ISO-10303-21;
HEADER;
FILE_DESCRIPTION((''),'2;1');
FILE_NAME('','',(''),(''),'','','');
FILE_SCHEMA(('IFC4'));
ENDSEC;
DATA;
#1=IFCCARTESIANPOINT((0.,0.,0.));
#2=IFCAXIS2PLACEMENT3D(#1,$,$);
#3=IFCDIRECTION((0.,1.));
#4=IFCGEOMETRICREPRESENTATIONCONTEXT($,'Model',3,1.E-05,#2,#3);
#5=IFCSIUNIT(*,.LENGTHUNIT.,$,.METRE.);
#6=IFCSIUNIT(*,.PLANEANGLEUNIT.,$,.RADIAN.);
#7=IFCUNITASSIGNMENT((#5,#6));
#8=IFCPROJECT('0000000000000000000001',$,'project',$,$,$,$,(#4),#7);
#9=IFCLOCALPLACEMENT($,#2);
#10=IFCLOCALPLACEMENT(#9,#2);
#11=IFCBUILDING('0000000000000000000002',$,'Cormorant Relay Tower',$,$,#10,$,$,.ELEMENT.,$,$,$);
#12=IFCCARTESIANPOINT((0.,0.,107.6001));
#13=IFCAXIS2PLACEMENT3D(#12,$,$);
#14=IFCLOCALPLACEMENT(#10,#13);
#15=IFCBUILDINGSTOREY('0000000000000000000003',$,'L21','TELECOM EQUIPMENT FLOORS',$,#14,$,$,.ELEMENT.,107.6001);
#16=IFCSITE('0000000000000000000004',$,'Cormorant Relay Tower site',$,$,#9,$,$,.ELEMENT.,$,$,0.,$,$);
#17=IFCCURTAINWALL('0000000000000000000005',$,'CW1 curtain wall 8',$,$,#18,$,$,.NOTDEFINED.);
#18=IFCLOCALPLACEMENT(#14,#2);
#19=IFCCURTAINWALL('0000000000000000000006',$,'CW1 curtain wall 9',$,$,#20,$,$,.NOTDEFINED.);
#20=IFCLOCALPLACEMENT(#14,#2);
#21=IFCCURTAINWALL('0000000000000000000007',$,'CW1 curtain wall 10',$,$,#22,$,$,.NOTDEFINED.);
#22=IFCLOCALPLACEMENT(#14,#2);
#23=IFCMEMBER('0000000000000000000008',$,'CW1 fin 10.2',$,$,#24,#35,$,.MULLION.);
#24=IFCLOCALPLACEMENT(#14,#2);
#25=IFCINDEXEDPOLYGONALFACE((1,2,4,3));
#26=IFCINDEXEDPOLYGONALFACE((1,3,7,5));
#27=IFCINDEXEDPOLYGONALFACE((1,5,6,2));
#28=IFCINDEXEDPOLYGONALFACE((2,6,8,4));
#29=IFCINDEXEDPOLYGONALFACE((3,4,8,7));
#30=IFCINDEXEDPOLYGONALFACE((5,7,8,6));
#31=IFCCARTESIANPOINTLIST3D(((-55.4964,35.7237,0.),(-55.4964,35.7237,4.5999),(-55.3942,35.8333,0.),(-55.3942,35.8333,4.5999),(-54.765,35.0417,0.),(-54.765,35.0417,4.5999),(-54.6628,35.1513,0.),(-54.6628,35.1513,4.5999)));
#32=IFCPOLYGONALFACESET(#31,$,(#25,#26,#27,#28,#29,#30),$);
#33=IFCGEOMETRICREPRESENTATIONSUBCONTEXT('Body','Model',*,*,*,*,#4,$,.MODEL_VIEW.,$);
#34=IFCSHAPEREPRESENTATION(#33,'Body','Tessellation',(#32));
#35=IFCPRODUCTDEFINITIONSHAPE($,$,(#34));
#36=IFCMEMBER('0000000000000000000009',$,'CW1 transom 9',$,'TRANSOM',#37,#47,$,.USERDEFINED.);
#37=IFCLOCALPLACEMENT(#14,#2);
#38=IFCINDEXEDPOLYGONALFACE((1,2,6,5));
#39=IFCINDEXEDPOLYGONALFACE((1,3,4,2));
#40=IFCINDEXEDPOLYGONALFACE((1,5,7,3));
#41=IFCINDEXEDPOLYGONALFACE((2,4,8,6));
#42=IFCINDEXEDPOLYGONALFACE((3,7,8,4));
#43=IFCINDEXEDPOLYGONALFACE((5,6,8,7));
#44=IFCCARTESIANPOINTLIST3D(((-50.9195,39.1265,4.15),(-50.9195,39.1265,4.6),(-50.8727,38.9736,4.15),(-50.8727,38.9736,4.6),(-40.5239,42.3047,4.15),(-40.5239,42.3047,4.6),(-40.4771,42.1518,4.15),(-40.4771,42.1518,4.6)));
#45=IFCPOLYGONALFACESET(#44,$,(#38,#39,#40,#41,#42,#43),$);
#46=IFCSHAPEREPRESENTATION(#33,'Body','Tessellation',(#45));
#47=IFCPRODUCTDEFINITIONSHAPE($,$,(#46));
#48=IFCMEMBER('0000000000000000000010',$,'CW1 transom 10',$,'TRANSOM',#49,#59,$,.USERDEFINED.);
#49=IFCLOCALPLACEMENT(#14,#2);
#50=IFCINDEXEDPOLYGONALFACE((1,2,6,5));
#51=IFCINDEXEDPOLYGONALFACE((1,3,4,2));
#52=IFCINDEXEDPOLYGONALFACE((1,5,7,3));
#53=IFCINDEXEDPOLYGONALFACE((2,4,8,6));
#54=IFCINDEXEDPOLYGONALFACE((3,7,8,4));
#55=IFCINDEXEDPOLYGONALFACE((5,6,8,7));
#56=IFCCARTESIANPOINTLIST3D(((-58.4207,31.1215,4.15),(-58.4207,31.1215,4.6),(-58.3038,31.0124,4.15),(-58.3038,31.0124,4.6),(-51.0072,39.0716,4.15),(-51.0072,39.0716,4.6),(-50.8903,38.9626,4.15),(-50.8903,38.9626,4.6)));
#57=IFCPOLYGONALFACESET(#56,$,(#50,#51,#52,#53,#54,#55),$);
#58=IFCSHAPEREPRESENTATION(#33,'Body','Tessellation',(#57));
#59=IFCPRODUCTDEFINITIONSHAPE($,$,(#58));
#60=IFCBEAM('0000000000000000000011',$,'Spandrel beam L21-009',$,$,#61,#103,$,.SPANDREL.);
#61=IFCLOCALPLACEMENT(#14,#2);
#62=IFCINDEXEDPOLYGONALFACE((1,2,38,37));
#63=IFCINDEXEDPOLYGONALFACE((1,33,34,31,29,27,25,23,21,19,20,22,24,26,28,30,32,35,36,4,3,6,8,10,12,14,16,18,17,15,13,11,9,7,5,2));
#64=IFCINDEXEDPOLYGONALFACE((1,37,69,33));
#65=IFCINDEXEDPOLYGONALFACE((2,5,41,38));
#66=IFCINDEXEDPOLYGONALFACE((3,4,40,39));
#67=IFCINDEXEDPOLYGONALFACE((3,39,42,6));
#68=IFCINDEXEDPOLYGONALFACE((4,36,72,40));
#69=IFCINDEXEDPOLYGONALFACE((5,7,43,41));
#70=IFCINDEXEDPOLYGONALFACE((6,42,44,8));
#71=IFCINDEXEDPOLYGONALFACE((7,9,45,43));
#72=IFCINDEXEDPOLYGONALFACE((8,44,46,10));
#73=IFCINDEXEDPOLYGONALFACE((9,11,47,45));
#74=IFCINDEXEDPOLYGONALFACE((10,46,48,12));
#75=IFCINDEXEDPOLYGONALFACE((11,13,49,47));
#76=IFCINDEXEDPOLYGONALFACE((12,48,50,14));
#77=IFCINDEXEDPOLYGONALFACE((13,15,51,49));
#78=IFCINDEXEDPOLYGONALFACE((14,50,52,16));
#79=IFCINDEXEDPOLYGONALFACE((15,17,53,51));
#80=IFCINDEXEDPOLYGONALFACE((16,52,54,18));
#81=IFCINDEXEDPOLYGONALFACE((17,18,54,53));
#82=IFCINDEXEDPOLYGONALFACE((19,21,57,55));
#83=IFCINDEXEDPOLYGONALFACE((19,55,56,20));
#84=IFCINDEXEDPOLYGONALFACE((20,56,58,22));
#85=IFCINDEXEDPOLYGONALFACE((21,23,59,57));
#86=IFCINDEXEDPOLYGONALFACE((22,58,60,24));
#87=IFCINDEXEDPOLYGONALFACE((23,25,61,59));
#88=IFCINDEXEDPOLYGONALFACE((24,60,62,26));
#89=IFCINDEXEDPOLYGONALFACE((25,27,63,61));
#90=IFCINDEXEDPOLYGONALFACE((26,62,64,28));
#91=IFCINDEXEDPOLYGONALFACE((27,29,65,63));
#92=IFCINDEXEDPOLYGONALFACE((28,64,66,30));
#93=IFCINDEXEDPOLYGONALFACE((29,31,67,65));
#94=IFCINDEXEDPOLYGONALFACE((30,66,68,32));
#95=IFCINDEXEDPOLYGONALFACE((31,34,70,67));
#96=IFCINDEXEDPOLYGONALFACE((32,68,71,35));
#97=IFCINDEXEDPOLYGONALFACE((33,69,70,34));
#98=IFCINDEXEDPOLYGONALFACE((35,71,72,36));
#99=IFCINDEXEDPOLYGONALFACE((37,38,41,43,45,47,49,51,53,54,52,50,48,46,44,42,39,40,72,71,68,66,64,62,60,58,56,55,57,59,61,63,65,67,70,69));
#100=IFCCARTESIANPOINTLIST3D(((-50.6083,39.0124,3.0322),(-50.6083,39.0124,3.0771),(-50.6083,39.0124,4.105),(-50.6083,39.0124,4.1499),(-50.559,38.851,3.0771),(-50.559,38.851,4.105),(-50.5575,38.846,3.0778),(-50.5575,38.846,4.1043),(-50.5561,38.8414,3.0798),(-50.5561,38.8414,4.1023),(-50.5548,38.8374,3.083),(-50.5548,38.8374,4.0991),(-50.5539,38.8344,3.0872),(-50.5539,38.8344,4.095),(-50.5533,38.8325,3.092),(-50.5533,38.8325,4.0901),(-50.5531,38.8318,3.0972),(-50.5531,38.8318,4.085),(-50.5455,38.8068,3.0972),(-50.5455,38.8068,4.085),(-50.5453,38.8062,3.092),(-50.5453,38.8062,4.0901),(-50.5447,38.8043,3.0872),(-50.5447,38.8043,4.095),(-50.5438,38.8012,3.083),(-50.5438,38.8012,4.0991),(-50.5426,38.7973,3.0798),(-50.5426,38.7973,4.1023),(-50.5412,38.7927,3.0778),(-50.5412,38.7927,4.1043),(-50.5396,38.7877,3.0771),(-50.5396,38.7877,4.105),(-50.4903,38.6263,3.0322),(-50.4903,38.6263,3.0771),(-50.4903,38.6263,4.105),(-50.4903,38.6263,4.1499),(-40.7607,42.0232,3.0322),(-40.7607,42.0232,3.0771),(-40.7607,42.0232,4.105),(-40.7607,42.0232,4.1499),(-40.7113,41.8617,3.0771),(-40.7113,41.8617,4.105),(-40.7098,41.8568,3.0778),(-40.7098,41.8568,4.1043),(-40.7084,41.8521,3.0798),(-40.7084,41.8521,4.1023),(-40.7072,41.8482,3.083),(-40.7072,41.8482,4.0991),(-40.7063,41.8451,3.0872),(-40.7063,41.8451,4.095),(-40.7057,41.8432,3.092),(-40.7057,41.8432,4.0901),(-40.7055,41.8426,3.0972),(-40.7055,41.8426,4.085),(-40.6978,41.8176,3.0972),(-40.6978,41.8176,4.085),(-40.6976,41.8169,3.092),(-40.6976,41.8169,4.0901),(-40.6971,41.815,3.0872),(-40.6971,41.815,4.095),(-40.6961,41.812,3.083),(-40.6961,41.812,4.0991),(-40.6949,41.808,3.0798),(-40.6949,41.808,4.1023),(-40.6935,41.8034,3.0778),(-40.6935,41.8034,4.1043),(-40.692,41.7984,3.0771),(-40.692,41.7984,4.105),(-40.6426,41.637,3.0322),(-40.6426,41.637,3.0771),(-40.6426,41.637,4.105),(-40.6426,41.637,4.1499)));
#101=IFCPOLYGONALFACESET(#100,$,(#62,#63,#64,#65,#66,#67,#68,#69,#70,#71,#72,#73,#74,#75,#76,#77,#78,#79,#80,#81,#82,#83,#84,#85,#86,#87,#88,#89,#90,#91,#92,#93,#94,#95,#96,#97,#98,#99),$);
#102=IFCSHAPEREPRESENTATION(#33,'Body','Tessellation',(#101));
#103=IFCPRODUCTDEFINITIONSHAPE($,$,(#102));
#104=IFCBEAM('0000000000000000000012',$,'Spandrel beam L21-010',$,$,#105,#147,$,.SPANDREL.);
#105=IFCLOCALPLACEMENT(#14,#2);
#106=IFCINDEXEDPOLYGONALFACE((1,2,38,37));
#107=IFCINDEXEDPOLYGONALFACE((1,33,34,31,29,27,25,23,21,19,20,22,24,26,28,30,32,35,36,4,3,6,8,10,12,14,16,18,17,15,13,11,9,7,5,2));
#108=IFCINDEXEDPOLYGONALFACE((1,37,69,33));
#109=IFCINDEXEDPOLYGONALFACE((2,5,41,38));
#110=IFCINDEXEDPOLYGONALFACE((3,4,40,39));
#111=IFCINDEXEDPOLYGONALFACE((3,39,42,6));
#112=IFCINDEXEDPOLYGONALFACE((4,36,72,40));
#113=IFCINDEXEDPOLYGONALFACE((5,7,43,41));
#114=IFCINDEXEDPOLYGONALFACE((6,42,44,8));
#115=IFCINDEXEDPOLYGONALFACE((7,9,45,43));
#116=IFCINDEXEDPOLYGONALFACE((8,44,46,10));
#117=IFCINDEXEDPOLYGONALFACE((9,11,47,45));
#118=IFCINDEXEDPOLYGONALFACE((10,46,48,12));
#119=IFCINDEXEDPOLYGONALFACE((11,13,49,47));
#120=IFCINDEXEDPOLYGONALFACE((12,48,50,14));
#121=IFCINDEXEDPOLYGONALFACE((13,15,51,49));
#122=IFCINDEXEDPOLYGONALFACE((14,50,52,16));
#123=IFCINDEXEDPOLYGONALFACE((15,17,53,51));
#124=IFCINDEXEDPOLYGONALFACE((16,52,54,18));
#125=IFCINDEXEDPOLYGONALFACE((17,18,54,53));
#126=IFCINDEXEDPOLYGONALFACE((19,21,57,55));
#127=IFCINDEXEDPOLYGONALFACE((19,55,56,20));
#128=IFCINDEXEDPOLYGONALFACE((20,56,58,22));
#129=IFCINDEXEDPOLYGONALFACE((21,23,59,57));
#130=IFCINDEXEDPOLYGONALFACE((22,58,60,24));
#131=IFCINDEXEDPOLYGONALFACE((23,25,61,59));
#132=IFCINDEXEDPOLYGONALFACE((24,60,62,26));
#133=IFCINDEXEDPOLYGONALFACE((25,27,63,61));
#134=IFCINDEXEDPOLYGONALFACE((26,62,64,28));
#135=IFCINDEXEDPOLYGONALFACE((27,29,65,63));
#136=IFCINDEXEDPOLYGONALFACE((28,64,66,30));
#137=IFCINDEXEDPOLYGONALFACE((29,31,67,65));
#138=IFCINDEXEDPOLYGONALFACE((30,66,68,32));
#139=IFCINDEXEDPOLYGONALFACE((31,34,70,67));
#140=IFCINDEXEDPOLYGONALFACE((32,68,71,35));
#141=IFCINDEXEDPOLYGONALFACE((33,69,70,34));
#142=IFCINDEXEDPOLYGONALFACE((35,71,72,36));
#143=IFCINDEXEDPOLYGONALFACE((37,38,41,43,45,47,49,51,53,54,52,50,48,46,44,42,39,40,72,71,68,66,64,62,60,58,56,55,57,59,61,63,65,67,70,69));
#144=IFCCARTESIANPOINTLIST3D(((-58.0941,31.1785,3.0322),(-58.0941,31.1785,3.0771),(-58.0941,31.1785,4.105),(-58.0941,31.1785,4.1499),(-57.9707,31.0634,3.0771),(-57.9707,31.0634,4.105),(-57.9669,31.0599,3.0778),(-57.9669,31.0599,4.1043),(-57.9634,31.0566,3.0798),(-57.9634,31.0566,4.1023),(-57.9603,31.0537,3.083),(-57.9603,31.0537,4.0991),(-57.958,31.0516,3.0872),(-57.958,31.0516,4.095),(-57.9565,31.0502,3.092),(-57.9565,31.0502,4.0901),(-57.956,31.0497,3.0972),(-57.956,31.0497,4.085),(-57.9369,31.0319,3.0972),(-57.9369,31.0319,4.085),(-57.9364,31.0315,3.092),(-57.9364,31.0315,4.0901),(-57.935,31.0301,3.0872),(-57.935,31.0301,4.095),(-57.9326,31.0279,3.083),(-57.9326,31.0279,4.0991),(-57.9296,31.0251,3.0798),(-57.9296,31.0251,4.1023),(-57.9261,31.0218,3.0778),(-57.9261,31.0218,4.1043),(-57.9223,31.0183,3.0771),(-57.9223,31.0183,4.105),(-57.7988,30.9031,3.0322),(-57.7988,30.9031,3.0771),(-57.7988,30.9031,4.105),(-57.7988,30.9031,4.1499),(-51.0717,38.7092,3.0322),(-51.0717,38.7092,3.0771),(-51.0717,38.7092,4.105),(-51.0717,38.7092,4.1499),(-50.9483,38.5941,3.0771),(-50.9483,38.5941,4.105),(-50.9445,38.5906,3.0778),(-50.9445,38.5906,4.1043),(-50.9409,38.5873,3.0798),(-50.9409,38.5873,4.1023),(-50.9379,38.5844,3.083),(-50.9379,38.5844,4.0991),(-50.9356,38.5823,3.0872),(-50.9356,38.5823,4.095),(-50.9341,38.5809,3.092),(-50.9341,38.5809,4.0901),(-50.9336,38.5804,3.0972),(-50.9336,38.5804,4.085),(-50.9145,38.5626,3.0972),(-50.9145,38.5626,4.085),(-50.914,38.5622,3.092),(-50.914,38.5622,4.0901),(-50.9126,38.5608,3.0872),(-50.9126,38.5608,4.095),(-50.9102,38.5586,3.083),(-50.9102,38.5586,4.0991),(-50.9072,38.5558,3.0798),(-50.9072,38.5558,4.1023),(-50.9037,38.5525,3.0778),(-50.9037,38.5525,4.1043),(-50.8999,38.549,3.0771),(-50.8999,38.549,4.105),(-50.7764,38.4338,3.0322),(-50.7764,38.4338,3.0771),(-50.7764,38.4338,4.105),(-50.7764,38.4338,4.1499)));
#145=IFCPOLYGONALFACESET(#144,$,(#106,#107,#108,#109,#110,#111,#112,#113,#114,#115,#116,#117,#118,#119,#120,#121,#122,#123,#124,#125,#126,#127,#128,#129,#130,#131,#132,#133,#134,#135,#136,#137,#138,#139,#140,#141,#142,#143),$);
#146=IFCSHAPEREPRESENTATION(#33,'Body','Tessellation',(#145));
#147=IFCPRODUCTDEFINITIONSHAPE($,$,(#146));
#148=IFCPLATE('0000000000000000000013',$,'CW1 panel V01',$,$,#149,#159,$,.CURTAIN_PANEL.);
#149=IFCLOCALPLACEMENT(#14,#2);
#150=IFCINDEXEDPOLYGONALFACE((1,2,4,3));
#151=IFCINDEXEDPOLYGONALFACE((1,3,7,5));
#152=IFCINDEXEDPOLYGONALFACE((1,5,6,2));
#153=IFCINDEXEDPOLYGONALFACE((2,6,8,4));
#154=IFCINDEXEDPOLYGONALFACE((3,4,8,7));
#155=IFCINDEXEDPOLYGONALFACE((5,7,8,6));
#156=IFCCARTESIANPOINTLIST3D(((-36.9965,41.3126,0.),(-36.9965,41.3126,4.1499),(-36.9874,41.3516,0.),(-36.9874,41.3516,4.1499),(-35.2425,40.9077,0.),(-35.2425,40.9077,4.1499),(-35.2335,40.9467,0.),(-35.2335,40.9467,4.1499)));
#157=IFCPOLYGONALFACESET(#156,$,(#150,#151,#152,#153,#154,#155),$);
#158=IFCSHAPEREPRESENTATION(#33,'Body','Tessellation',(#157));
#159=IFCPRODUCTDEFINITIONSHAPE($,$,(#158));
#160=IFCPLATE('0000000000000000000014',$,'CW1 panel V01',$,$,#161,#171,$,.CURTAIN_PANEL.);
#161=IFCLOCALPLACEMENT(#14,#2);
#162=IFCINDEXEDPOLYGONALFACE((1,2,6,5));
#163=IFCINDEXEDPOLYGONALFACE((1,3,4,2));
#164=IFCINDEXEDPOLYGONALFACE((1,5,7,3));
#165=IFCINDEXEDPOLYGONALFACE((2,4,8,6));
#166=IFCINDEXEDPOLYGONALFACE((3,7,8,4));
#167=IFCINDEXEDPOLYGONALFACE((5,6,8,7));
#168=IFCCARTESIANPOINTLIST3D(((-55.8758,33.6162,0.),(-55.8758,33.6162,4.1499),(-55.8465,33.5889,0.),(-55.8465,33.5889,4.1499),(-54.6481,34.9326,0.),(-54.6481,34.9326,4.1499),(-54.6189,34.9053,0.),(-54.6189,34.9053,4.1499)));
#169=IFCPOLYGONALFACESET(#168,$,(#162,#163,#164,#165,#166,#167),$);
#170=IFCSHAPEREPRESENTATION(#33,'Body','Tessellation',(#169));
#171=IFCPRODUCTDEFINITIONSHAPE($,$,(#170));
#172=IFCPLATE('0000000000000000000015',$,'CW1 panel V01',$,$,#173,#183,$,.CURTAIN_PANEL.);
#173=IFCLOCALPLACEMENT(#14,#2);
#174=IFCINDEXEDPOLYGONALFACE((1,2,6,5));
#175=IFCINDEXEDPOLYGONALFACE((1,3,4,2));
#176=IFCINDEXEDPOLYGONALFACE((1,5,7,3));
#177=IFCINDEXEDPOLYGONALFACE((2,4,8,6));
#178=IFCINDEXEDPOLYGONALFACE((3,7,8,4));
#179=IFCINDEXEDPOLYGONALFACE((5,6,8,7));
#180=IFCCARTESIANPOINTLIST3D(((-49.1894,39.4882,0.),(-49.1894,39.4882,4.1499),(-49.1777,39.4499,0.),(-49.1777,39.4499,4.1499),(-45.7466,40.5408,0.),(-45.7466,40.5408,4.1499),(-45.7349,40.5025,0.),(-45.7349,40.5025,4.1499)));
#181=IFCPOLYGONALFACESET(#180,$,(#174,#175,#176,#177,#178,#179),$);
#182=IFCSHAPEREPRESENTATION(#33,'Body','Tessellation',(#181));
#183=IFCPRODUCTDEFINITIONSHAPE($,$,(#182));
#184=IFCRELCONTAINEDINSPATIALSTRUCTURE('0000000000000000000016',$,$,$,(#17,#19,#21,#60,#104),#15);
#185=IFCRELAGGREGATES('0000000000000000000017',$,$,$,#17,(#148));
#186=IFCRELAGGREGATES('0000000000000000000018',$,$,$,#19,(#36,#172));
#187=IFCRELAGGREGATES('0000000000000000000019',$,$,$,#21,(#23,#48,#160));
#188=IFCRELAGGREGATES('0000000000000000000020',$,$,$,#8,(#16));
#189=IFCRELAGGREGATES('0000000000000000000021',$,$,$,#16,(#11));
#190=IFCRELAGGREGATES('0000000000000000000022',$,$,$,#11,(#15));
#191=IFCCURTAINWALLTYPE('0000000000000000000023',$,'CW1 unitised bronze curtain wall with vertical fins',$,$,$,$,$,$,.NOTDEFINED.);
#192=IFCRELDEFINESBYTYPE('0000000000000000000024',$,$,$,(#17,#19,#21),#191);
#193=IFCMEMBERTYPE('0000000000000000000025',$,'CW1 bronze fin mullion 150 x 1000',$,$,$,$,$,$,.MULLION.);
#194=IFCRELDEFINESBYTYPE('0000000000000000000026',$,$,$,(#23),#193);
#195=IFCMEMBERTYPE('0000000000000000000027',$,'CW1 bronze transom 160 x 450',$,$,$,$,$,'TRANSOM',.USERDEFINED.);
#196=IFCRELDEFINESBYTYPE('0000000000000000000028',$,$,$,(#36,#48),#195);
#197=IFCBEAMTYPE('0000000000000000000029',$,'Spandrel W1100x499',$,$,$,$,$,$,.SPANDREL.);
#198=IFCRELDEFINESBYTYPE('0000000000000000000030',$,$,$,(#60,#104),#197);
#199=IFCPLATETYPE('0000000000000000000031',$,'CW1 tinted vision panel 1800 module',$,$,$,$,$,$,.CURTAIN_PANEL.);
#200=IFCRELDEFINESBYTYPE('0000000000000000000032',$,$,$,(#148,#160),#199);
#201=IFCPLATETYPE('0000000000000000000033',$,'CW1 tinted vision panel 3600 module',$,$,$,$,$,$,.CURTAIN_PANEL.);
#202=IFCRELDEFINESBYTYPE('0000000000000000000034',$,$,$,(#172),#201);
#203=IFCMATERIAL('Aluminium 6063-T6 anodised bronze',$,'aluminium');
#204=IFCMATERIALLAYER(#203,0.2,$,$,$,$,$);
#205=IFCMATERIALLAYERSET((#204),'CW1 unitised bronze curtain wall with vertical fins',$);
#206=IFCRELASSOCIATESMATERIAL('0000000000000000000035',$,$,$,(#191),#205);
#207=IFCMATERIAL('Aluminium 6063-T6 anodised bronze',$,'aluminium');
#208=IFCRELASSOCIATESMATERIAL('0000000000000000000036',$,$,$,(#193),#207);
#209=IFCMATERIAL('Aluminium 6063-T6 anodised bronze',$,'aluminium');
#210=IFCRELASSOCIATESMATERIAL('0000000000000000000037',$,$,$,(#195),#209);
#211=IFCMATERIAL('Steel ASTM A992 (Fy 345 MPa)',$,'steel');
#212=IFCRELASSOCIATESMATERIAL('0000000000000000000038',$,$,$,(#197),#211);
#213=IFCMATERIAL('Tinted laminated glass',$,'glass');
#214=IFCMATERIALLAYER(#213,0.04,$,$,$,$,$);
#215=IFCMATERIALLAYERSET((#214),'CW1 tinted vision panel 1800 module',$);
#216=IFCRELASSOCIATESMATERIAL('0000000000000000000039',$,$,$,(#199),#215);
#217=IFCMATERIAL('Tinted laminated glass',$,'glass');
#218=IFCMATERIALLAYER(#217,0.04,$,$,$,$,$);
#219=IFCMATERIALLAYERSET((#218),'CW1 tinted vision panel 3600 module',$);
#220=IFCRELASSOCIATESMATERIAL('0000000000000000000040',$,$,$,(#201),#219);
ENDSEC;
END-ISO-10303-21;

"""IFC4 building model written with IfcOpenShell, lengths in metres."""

from ifc_helpers import new_model, si_unit, direction, frame, origin, origin_2d, place, context, subcontext, project, spatial, rectangle, i_section, extrude, material, layer, layer_set, material_profile, profile_set, type_object, element, aggregate, save


model = new_model("IFC4")

# Units and contexts
model_context = context("Model", 3, precision=1e-05, world=origin(), true_north=direction((0.0, 1.0)))
body_context = subcontext(model_context, "Body", "Model", "MODEL_VIEW")
ifc_project = project(units=[si_unit("LENGTHUNIT", "METRE"), si_unit("PLANEANGLEUNIT", "RADIAN")], contexts=[model_context])

# Site, building, storey
site_placement = place(None, origin())
site = spatial("IfcSite", under=ifc_project, at=site_placement, Name="Cormorant Relay Tower site", CompositionType="ELEMENT", RefElevation=0.0)
building_placement = place(site_placement, origin())
building = spatial("IfcBuilding", under=site, at=building_placement, Name="Cormorant Relay Tower", CompositionType="ELEMENT")
storey_placement = place(building_placement, frame((0.0, 0.0, 107.6001)))
storey = spatial("IfcBuildingStorey", under=building, at=storey_placement, Name="L21", Description="TELECOM EQUIPMENT FLOORS", CompositionType="ELEMENT", Elevation=107.6001)

# Curtain wall
ifc_material_1 = material(Name="Aluminium 6063-T6 anodised bronze", Category="aluminium")
ifc_layer_1 = layer(ifc_material_1, 0.2)
ifc_layer_set_1 = layer_set([ifc_layer_1], Name="CW1 unitised bronze curtain wall with vertical fins")
curtain_wall_type = type_object("IfcCurtainWallType", Name="CW1 unitised bronze curtain wall with vertical fins", PredefinedType="NOTDEFINED", material=ifc_layer_set_1)
curtain_wall_1_placement = place(storey_placement, origin())
curtain_wall_1 = element("IfcCurtainWall", 1, at=curtain_wall_1_placement, inside=storey, type_object=curtain_wall_type, Name="CW1 curtain wall 8", PredefinedType="NOTDEFINED")
ifc_material_2 = material(Name="Aluminium 6063-T6 anodised bronze", Category="aluminium")
ifc_material_profile_1 = material_profile(ifc_material_2, rectangle(XDim=0.1499, YDim=1.0, at=origin_2d()), Name="AL 150x1000")
ifc_profile_set_1 = profile_set([ifc_material_profile_1], Name="Aluminium 6063-T6 anodised bronze")
member_type_1 = type_object("IfcMemberType", Name="CW1 bronze fin mullion 150 x 1000", PredefinedType="MULLION", material=ifc_profile_set_1)

# Curtain walls, member
curtain_wall_2_placement = place(storey_placement, origin())
curtain_wall_2 = element("IfcCurtainWall", 2, at=curtain_wall_2_placement, inside=storey, type_object=curtain_wall_type, Name="CW1 curtain wall 9", PredefinedType="NOTDEFINED")
curtain_wall_3_placement = place(storey_placement, origin())
curtain_wall_3 = element("IfcCurtainWall", 3, at=curtain_wall_3_placement, inside=storey, type_object=curtain_wall_type, Name="CW1 curtain wall 10", PredefinedType="NOTDEFINED")
member_1_placement = place(storey_placement, frame((-55.0796, 35.4375, 0.0), z_axis=(0.0, 0.0, 1.0), x_axis=(-0.681998, -0.731354, 0.0)))
member_1 = element("IfcMember", 4, at=member_1_placement, type_object=member_type_1, Name="CW1 fin 10.2", PredefinedType="MULLION", context=body_context, shape_type="SweptSolid", body=[
    extrude(rectangle(XDim=0.1499, YDim=1.0, at=origin_2d()), origin(), (0.0, 0.0, 1.0), 4.5999),
])

# Members
ifc_material_3 = material(Name="Aluminium 6063-T6 anodised bronze", Category="aluminium")
ifc_material_profile_2 = material_profile(ifc_material_3, rectangle(XDim=0.1599, YDim=0.45, at=origin_2d()), Name="AL 160x450")
ifc_profile_set_2 = profile_set([ifc_material_profile_2], Name="Aluminium 6063-T6 anodised bronze")
member_type_2 = type_object("IfcMemberType", Name="CW1 bronze transom 160 x 450", ElementType="TRANSOM", PredefinedType="USERDEFINED", material=ifc_profile_set_2)
member_2_placement = place(storey_placement, frame((-40.5005, 42.2283, 4.375), z_axis=(-0.956305, -0.292371, 0.0), x_axis=(0.292371, -0.956305, 0.0)))
member_2 = element("IfcMember", 5, at=member_2_placement, type_object=member_type_2, Name="CW1 transom 9", ObjectType="TRANSOM", PredefinedType="USERDEFINED", context=body_context, shape_type="SweptSolid", body=[
    extrude(rectangle(XDim=0.1599, YDim=0.45, at=origin_2d()), origin(), (0.0, 0.0, 1.0), 10.8706),
])
member_3_placement = place(storey_placement, frame((-50.9487, 39.0171, 4.375), z_axis=(-0.681993, -0.731358, 0.0), x_axis=(0.731358, -0.681993, 0.0)))
member_3 = element("IfcMember", 6, at=member_3_placement, type_object=member_type_2, Name="CW1 transom 10", ObjectType="TRANSOM", PredefinedType="USERDEFINED", context=body_context, shape_type="SweptSolid", body=[
    extrude(rectangle(XDim=0.1599, YDim=0.45, at=origin_2d()), origin(), (0.0, 0.0, 1.0), 10.8704),
])

# Beams
ifc_material_4 = material(Name="Steel ASTM A992 (Fy 345 MPa)", Category="steel")
ifc_material_profile_3 = material_profile(ifc_material_4, i_section(OverallWidth=0.4038, OverallDepth=1.1177, WebThickness=0.0261, FlangeThickness=0.0449, FilletRadius=0.02, at=origin_2d()), Name="W1100x499")
ifc_profile_set_3 = profile_set([ifc_material_profile_3], Name="Steel ASTM A992 (Fy 345 MPa)")
beam_type = type_object("IfcBeamType", Name="Spandrel W1100x499", PredefinedType="SPANDREL", material=ifc_profile_set_3)
beam_1_placement = place(storey_placement, frame((-40.7017, 41.8301, 3.5911), z_axis=(-0.956304, -0.292373, 0.0), x_axis=(0.292373, -0.956304, 0.0)))
element("IfcBeam", 7, at=beam_1_placement, inside=storey, type_object=beam_type, Name="Spandrel beam L21-009", PredefinedType="SPANDREL", context=body_context, shape_type="SweptSolid", body=[
    extrude(i_section(OverallWidth=0.4038, OverallDepth=1.1177, WebThickness=0.0261, FlangeThickness=0.0449, FilletRadius=0.02, at=origin_2d()), origin(), (0.0, 0.0, 1.0), 10.2976),
])
beam_2_placement = place(storey_placement, frame((-50.9241, 38.5715, 3.5911), z_axis=(-0.681994, -0.731358, 0.0), x_axis=(0.731358, -0.681994, 0.0)))
element("IfcBeam", 8, at=beam_2_placement, inside=storey, type_object=beam_type, Name="Spandrel beam L21-010", PredefinedType="SPANDREL", context=body_context, shape_type="SweptSolid", body=[
    extrude(i_section(OverallWidth=0.4038, OverallDepth=1.1177, WebThickness=0.0261, FlangeThickness=0.0449, FilletRadius=0.02, at=origin_2d()), origin(), (0.0, 0.0, 1.0), 10.2969),
])

# Plates
ifc_material_5 = material(Name="Tinted laminated glass", Category="glass")
ifc_layer_2 = layer(ifc_material_5, 0.04)
ifc_layer_set_2 = layer_set([ifc_layer_2], Name="CW1 tinted vision panel 1800 module")
plate_type_1 = type_object("IfcPlateType", Name="CW1 tinted vision panel 1800 module", PredefinedType="CURTAIN_PANEL", material=ifc_layer_set_2)
plate_1_placement = place(storey_placement, frame((-36.115, 41.1296, 0.0), z_axis=(0.0, 0.0, 1.0), x_axis=(-0.97437, 0.224951, 0.0)))
plate_1 = element("IfcPlate", 9, at=plate_1_placement, type_object=plate_type_1, Name="CW1 panel V01", PredefinedType="CURTAIN_PANEL", context=body_context, shape_type="SweptSolid", body=[
    extrude(rectangle(XDim=1.8, YDim=0.04, at=origin_2d()), origin(), (0.0, 0.0, 1.0), 4.1499),
])
plate_2_placement = place(storey_placement, frame((-55.2473, 34.2607, 0.0), z_axis=(0.0, 0.0, 1.0), x_axis=(-0.681998, -0.731354, 0.0)))
plate_2 = element("IfcPlate", 10, at=plate_2_placement, type_object=plate_type_1, Name="CW1 panel V01", PredefinedType="CURTAIN_PANEL", context=body_context, shape_type="SweptSolid", body=[
    extrude(rectangle(XDim=1.8, YDim=0.04, at=origin_2d()), origin(), (0.0, 0.0, 1.0), 4.1499),
])
ifc_material_6 = material(Name="Tinted laminated glass", Category="glass")
ifc_layer_3 = layer(ifc_material_6, 0.04)
ifc_layer_set_3 = layer_set([ifc_layer_3], Name="CW1 tinted vision panel 3600 module")
plate_type_2 = type_object("IfcPlateType", Name="CW1 tinted vision panel 3600 module", PredefinedType="CURTAIN_PANEL", material=ifc_layer_set_3)
plate_3_placement = place(storey_placement, frame((-47.4622, 39.9954, 0.0), z_axis=(0.0, 0.0, 1.0), x_axis=(-0.956305, -0.292372, 0.0)))
plate_3 = element("IfcPlate", 11, at=plate_3_placement, type_object=plate_type_2, Name="CW1 panel V01", PredefinedType="CURTAIN_PANEL", context=body_context, shape_type="SweptSolid", body=[
    extrude(rectangle(XDim=3.6001, YDim=0.04, at=origin_2d()), origin(), (0.0, 0.0, 1.0), 4.1499),
])

aggregate(curtain_wall_1, [plate_1])
aggregate(curtain_wall_2, [member_2, plate_3])
aggregate(curtain_wall_3, [member_1, member_3, plate_2])

save(model, "model.ifc")
